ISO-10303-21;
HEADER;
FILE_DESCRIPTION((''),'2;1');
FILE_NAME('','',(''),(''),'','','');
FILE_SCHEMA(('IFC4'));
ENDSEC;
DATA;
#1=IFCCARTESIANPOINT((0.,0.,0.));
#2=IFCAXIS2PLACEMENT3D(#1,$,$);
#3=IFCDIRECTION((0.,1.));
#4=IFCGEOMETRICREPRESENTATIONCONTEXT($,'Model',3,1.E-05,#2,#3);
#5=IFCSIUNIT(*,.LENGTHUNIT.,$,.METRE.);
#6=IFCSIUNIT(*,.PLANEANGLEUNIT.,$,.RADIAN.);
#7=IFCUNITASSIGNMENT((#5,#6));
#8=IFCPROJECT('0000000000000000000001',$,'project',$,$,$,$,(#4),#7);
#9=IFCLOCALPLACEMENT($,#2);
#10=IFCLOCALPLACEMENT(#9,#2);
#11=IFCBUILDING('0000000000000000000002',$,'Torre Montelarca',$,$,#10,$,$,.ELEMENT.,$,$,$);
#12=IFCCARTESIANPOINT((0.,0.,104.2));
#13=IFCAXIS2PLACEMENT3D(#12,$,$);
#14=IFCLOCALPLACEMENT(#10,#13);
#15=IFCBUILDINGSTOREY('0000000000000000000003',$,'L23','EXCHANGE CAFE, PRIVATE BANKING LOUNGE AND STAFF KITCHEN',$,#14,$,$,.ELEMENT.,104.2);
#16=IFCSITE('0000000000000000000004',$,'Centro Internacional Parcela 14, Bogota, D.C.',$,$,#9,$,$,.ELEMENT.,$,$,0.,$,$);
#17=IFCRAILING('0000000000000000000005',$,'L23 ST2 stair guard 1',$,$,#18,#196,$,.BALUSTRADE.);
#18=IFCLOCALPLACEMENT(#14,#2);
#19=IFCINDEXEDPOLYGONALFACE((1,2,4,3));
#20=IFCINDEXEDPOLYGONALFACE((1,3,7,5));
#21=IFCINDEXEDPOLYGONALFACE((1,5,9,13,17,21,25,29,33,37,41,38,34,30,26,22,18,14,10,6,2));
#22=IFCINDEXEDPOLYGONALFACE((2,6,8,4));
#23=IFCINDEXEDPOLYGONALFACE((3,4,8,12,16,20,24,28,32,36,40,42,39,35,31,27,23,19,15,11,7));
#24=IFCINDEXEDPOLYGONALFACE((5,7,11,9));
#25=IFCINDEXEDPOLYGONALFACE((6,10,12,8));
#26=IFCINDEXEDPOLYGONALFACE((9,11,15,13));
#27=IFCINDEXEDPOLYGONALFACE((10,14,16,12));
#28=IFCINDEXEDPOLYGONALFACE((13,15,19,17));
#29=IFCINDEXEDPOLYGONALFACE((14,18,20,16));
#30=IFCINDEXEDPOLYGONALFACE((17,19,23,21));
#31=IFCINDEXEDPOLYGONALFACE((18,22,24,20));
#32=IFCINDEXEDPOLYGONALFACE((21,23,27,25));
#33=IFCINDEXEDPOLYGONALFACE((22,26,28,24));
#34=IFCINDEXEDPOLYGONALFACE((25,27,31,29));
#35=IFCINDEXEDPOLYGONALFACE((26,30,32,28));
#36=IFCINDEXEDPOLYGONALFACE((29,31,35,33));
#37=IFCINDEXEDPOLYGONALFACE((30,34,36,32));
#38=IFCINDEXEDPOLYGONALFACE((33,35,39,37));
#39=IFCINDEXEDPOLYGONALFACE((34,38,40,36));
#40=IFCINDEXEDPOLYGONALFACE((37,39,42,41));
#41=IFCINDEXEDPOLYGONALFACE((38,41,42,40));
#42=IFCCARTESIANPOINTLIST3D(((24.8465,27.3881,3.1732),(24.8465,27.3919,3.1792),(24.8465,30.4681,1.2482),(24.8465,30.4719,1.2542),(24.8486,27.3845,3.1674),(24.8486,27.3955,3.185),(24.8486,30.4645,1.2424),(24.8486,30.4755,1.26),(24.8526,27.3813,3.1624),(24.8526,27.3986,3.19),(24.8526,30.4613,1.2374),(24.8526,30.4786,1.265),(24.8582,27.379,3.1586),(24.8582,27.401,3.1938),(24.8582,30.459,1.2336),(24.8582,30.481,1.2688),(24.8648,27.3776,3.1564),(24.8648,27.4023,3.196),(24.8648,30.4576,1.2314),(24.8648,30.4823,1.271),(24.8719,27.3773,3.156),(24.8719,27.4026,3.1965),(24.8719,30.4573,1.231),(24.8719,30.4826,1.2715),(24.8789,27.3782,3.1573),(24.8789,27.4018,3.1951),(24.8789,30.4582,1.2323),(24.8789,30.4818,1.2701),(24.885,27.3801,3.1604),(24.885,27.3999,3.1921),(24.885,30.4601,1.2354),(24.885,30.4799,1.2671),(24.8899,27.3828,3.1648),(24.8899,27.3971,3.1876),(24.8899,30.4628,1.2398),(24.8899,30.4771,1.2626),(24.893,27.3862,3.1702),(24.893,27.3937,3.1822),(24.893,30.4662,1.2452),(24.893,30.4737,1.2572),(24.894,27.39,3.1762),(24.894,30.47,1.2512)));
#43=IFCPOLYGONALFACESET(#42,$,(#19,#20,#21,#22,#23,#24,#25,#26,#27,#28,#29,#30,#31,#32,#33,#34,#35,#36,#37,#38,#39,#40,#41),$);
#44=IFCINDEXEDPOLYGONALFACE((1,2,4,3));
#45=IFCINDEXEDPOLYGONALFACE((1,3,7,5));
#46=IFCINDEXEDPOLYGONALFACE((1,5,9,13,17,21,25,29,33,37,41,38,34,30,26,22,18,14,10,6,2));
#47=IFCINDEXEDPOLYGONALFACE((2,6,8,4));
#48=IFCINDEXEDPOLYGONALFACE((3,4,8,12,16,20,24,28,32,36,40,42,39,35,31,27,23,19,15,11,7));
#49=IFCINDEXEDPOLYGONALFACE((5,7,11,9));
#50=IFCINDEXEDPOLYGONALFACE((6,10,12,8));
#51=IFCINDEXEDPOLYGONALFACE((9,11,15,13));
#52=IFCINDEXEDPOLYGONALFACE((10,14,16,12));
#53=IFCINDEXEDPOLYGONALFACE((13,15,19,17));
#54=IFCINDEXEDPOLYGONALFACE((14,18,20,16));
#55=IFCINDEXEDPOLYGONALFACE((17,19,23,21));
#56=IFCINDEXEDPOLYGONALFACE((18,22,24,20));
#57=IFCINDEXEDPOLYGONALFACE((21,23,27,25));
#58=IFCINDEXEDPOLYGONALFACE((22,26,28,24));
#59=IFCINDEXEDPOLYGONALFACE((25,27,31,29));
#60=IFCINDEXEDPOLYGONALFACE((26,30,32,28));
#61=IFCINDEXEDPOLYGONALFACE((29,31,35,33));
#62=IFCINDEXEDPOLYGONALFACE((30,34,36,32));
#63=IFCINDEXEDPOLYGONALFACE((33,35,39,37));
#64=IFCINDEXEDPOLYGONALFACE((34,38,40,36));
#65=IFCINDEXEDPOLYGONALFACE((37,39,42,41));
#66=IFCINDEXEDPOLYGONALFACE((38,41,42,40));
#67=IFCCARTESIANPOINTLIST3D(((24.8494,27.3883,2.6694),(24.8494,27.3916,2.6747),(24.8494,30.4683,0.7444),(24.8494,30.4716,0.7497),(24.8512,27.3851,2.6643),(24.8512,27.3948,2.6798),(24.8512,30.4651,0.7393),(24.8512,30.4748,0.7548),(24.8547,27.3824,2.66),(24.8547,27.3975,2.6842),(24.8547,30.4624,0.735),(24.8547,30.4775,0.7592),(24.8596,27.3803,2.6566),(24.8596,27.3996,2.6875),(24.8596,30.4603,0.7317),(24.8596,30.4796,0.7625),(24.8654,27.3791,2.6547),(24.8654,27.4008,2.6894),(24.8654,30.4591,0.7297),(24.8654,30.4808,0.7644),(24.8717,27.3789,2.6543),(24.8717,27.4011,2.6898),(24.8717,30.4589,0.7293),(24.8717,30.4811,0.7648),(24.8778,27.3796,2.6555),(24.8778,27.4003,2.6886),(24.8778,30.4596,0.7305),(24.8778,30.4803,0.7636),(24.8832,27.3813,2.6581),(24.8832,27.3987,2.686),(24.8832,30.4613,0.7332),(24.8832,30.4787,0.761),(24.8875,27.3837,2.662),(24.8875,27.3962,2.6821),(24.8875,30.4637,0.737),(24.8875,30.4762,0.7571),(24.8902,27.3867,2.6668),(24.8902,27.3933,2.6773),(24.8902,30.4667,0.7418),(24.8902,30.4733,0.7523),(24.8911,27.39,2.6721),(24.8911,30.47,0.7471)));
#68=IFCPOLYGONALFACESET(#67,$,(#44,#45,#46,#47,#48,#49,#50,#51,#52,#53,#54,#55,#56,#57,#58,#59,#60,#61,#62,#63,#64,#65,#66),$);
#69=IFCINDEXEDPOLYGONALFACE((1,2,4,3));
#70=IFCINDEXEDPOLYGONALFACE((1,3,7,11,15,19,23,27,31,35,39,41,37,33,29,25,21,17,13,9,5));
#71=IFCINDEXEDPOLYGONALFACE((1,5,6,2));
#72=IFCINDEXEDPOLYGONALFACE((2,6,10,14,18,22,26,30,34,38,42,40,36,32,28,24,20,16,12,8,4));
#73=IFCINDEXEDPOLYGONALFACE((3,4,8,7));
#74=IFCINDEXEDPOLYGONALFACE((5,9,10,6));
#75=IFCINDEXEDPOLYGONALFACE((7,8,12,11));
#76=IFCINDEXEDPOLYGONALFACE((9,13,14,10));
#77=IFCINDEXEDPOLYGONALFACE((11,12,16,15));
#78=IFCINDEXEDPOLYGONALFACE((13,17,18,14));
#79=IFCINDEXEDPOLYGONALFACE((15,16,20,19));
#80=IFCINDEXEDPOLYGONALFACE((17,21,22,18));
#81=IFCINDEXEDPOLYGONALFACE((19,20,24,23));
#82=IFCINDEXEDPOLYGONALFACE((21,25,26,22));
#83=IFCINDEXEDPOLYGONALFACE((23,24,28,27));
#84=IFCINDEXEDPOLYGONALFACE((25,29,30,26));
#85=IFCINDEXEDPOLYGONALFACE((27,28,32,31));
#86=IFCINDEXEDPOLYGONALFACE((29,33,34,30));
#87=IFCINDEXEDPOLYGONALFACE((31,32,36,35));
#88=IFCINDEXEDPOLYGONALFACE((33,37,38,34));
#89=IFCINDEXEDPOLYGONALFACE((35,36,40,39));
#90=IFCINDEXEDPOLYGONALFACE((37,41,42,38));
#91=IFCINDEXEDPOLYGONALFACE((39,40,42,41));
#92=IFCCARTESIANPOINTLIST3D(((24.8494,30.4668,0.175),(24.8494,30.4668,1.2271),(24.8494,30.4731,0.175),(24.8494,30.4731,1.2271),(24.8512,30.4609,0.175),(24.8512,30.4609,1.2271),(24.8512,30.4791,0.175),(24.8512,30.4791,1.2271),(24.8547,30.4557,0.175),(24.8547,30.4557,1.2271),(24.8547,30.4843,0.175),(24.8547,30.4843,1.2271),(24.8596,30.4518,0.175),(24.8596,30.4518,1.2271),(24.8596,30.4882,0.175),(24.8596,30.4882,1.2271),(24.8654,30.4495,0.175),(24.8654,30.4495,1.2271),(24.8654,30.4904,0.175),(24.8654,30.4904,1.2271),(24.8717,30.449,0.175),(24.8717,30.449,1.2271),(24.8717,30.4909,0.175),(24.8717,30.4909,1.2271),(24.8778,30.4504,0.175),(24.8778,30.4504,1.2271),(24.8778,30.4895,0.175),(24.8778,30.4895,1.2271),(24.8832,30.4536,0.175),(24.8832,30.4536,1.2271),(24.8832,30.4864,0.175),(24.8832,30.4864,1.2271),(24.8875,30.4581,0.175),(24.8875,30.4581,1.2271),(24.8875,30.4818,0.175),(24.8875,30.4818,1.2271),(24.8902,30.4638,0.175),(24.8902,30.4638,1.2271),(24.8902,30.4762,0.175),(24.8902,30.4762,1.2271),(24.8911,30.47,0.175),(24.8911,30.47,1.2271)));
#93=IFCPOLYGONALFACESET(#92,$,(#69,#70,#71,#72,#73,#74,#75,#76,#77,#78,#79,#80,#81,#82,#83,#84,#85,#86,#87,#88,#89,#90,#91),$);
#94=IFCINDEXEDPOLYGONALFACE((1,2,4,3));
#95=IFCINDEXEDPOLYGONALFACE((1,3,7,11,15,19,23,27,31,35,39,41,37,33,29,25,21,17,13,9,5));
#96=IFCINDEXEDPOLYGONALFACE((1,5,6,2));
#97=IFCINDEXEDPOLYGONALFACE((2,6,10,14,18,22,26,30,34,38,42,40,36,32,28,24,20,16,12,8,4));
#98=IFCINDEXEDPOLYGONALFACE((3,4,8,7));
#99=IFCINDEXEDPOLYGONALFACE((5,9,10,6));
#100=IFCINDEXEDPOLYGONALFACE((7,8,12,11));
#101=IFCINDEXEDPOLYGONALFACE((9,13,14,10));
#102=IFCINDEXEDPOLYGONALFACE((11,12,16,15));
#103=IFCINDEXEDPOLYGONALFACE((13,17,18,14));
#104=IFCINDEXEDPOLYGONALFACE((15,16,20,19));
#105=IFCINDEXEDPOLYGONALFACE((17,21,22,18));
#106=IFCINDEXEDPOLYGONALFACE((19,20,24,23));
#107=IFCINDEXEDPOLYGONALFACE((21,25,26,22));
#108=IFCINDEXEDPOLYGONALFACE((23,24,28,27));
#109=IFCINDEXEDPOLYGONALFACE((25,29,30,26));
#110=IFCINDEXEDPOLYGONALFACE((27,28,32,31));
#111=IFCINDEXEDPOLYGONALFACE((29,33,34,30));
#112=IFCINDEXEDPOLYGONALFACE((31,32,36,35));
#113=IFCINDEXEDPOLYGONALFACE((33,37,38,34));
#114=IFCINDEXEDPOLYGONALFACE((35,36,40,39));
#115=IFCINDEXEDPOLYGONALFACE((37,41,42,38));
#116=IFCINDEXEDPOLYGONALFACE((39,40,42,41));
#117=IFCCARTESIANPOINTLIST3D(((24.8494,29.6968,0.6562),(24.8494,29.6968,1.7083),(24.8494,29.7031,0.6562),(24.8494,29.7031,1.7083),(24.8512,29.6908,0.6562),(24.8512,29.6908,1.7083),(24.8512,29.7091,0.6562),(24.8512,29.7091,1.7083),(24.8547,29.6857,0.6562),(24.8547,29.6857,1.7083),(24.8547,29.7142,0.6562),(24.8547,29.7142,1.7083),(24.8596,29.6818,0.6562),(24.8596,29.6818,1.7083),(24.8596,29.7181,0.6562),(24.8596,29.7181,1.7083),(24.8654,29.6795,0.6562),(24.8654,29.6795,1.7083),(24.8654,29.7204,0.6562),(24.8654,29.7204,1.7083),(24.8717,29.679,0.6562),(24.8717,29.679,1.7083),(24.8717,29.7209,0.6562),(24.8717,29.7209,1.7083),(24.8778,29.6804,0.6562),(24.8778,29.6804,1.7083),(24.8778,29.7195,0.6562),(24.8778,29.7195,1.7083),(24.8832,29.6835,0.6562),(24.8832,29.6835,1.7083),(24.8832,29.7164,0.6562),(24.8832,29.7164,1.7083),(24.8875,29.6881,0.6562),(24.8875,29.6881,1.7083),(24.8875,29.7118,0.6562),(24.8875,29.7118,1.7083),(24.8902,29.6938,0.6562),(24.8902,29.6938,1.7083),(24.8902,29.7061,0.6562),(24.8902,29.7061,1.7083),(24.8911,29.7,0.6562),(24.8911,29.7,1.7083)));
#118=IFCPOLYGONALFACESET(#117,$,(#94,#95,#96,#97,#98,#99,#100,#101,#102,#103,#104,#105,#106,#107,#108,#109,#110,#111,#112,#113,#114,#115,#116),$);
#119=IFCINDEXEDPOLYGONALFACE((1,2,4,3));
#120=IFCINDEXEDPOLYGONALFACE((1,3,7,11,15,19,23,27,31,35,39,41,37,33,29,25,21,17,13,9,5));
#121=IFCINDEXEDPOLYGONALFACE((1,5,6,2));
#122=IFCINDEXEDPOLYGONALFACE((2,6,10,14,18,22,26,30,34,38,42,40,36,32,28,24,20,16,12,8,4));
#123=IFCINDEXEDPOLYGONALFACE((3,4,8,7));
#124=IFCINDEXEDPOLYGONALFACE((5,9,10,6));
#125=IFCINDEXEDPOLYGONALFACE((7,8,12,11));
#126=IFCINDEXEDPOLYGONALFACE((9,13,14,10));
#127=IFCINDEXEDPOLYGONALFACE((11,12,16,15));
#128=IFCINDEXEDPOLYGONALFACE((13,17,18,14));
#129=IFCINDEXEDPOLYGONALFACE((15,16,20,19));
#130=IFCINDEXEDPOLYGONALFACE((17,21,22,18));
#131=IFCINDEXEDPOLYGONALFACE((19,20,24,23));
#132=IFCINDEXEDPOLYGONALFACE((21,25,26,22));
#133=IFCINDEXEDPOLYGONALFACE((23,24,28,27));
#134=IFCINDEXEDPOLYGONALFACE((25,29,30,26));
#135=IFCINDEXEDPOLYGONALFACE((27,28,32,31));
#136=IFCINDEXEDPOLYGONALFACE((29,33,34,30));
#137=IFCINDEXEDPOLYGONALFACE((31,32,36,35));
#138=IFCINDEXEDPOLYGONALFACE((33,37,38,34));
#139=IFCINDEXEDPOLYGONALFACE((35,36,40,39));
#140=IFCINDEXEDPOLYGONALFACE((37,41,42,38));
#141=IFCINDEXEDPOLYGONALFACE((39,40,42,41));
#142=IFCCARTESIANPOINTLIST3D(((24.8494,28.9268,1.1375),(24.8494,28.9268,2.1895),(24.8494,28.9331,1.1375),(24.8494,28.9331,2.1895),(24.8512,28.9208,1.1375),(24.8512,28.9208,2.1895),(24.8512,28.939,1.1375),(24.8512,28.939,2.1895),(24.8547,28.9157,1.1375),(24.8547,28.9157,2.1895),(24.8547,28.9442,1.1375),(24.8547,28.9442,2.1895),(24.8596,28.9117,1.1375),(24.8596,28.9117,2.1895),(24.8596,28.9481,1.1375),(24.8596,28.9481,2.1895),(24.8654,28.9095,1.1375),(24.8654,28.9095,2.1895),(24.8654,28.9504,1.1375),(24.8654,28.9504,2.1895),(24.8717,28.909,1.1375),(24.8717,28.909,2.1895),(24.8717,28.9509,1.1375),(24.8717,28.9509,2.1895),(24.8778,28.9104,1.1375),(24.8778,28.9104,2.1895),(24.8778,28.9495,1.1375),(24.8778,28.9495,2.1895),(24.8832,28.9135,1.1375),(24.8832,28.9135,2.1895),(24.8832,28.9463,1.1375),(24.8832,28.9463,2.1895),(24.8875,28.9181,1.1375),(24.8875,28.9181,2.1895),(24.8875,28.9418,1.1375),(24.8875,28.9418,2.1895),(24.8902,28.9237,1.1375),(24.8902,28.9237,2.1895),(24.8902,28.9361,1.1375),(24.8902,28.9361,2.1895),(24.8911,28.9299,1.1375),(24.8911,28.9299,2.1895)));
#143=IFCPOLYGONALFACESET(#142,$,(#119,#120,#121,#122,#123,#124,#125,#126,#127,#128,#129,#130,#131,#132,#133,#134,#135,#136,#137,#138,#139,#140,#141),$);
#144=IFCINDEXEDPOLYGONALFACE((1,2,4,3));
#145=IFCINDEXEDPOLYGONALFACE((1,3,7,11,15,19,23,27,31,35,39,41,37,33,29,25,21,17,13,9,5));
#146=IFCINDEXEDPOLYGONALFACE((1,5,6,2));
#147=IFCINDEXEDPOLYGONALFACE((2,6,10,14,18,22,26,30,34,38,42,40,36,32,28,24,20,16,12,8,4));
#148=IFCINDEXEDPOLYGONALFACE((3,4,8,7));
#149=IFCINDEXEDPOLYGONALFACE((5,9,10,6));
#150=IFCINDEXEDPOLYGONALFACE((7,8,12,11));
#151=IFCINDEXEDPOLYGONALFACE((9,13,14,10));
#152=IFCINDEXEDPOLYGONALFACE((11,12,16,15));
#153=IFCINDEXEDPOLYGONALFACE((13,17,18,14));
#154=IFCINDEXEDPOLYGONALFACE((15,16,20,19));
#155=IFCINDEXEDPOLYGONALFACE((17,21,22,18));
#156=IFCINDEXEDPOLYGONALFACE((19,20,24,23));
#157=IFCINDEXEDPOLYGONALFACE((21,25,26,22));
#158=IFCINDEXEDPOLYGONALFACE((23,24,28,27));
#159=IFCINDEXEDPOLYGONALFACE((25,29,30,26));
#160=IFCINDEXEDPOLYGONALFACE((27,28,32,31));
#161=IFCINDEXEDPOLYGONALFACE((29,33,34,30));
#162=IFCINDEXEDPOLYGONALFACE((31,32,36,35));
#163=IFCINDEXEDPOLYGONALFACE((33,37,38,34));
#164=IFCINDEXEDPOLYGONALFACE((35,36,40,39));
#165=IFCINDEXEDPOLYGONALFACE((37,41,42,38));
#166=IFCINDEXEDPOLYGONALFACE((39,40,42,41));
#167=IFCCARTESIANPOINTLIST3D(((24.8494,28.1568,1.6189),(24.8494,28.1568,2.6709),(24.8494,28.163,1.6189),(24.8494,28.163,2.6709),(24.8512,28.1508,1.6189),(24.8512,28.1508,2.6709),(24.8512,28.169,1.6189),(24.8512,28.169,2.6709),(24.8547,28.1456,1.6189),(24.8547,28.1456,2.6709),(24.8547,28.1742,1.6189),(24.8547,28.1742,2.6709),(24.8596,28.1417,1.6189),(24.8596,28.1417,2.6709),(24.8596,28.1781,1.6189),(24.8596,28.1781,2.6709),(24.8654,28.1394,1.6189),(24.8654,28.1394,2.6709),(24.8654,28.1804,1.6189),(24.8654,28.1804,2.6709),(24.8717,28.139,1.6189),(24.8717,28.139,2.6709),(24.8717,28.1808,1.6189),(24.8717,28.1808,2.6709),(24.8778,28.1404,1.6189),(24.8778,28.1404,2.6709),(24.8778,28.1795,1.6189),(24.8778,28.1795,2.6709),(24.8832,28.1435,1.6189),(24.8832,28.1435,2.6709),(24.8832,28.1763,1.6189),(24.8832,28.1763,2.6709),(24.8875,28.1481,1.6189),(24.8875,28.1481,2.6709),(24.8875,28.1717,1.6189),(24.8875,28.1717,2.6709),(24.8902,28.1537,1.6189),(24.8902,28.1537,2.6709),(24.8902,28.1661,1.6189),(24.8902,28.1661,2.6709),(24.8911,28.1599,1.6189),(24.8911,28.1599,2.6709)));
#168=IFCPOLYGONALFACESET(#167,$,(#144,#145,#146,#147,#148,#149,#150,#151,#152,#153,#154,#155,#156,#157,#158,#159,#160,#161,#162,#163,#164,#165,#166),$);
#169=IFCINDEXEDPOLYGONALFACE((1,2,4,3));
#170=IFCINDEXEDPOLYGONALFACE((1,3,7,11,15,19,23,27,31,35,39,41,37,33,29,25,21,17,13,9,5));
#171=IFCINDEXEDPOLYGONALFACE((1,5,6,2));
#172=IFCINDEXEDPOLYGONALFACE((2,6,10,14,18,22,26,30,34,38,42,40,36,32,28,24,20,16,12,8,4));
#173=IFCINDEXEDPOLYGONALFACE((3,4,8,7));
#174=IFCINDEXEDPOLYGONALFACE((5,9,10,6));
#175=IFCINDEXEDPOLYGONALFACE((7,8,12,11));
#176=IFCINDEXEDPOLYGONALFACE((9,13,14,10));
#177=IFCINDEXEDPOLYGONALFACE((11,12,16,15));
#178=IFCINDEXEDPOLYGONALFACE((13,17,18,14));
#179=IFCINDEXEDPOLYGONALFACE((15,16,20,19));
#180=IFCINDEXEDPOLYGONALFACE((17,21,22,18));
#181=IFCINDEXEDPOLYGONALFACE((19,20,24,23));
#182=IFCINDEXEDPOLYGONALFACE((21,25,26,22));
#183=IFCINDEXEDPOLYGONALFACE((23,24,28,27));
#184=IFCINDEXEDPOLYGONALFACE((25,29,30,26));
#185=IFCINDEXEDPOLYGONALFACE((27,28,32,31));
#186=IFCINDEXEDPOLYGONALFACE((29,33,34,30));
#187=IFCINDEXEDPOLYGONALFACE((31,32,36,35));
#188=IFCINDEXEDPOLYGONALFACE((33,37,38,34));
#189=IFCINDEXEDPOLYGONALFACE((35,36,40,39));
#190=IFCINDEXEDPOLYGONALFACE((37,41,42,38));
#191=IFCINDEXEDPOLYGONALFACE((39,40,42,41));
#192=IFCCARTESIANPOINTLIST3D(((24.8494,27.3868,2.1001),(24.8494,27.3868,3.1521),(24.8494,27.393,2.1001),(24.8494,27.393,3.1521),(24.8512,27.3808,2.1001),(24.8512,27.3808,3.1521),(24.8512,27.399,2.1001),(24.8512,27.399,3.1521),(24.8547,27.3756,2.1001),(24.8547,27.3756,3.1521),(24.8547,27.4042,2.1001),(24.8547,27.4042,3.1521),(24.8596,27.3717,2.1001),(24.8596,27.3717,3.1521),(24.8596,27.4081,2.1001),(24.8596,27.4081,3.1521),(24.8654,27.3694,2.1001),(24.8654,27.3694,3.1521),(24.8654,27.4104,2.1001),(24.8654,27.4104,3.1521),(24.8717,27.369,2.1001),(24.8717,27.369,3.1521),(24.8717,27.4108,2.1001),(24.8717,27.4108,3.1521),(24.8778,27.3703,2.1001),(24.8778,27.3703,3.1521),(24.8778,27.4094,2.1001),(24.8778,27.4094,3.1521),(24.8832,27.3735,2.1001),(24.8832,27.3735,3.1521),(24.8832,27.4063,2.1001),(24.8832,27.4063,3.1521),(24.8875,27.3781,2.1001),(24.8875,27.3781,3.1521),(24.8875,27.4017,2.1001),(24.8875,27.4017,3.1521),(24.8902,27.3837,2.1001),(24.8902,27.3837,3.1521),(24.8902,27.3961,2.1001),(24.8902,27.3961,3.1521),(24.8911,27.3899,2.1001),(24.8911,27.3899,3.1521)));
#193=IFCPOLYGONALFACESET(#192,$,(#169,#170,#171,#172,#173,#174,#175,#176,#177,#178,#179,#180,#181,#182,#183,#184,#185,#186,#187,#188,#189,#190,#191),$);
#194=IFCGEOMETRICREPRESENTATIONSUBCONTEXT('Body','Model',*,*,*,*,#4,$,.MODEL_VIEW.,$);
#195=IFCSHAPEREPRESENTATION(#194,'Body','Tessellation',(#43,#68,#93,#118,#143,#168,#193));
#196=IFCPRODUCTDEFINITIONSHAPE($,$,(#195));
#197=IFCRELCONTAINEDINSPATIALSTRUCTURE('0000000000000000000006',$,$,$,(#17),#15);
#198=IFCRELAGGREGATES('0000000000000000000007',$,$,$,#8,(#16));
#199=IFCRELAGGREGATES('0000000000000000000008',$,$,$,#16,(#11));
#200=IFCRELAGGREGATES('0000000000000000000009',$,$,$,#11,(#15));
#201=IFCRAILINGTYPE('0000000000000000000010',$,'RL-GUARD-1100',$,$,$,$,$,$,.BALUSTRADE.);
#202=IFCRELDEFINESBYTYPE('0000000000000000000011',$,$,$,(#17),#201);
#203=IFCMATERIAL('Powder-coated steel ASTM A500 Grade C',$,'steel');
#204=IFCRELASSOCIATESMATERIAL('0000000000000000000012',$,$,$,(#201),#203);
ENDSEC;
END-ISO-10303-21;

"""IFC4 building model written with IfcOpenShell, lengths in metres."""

from ifc_helpers import new_model, si_unit, direction, frame, origin, origin_2d, place, context, subcontext, project, spatial, circle, extrude, material, type_object, element, save


model = new_model("IFC4")

# Units and contexts
model_context = context("Model", 3, precision=1e-05, world=origin(), true_north=direction((0.0, 1.0)))
body_context = subcontext(model_context, "Body", "Model", "MODEL_VIEW")
ifc_project = project(units=[si_unit("LENGTHUNIT", "METRE"), si_unit("PLANEANGLEUNIT", "RADIAN")], contexts=[model_context])

# Site, building, storey
site_placement = place(None, origin())
site = spatial("IfcSite", under=ifc_project, at=site_placement, Name="Centro Internacional Parcela 14, Bogota, D.C.", CompositionType="ELEMENT", RefElevation=0.0)
building_placement = place(site_placement, origin())
building = spatial("IfcBuilding", under=site, at=building_placement, Name="Torre Montelarca", CompositionType="ELEMENT")
storey_placement = place(building_placement, frame((0.0, 0.0, 104.2)))
storey = spatial("IfcBuildingStorey", under=building, at=storey_placement, Name="L23", Description="EXCHANGE CAFE, PRIVATE BANKING LOUNGE AND STAFF KITCHEN", CompositionType="ELEMENT", Elevation=104.2)

# Railing
ifc_material_1 = material(Name="Powder-coated steel ASTM A500 Grade C", Category="steel")
railing_type_1 = type_object("IfcRailingType", Name="RL-GUARD-1100", PredefinedType="BALUSTRADE", material=ifc_material_1)
railing_1_placement = place(storey_placement, frame((24.8701, 30.47, 0.175)))
element("IfcRailing", 1, at=railing_1_placement, inside=storey, type_object=railing_type_1, Name="L23 ST2 stair guard 1", PredefinedType="BALUSTRADE", context=body_context, shape_type="SweptSolid", body=[
    extrude(circle(Radius=0.0239, at=origin_2d()), frame((0.0, 0.0, 1.0762), z_axis=(0.0, -0.847998, 0.529999), x_axis=(1.0, 0.0, 0.0)), (0.0, 0.0, 1.0), 3.6321),
    extrude(circle(Radius=0.021, at=origin_2d()), frame((0.0, 0.0, 0.572), z_axis=(0.0, -0.847998, 0.529999), x_axis=(1.0, 0.0, 0.0)), (0.0, 0.0, 1.0), 3.6321),
    extrude(circle(Radius=0.021, at=origin_2d()), origin(), (0.0, 0.0, 1.0), 1.052),
    extrude(circle(Radius=0.021, at=origin_2d()), frame((0.0, -0.77, 0.4812)), (0.0, 0.0, 1.0), 1.052),
    extrude(circle(Radius=0.021, at=origin_2d()), frame((0.0, -1.54, 0.9624)), (0.0, 0.0, 1.0), 1.052),
    extrude(circle(Radius=0.021, at=origin_2d()), frame((0.0, -2.3101, 1.4438)), (0.0, 0.0, 1.0), 1.052),
    extrude(circle(Radius=0.021, at=origin_2d()), frame((0.0, -3.0801, 1.925)), (0.0, 0.0, 1.0), 1.052),
])

save(model, "model.ifc")
